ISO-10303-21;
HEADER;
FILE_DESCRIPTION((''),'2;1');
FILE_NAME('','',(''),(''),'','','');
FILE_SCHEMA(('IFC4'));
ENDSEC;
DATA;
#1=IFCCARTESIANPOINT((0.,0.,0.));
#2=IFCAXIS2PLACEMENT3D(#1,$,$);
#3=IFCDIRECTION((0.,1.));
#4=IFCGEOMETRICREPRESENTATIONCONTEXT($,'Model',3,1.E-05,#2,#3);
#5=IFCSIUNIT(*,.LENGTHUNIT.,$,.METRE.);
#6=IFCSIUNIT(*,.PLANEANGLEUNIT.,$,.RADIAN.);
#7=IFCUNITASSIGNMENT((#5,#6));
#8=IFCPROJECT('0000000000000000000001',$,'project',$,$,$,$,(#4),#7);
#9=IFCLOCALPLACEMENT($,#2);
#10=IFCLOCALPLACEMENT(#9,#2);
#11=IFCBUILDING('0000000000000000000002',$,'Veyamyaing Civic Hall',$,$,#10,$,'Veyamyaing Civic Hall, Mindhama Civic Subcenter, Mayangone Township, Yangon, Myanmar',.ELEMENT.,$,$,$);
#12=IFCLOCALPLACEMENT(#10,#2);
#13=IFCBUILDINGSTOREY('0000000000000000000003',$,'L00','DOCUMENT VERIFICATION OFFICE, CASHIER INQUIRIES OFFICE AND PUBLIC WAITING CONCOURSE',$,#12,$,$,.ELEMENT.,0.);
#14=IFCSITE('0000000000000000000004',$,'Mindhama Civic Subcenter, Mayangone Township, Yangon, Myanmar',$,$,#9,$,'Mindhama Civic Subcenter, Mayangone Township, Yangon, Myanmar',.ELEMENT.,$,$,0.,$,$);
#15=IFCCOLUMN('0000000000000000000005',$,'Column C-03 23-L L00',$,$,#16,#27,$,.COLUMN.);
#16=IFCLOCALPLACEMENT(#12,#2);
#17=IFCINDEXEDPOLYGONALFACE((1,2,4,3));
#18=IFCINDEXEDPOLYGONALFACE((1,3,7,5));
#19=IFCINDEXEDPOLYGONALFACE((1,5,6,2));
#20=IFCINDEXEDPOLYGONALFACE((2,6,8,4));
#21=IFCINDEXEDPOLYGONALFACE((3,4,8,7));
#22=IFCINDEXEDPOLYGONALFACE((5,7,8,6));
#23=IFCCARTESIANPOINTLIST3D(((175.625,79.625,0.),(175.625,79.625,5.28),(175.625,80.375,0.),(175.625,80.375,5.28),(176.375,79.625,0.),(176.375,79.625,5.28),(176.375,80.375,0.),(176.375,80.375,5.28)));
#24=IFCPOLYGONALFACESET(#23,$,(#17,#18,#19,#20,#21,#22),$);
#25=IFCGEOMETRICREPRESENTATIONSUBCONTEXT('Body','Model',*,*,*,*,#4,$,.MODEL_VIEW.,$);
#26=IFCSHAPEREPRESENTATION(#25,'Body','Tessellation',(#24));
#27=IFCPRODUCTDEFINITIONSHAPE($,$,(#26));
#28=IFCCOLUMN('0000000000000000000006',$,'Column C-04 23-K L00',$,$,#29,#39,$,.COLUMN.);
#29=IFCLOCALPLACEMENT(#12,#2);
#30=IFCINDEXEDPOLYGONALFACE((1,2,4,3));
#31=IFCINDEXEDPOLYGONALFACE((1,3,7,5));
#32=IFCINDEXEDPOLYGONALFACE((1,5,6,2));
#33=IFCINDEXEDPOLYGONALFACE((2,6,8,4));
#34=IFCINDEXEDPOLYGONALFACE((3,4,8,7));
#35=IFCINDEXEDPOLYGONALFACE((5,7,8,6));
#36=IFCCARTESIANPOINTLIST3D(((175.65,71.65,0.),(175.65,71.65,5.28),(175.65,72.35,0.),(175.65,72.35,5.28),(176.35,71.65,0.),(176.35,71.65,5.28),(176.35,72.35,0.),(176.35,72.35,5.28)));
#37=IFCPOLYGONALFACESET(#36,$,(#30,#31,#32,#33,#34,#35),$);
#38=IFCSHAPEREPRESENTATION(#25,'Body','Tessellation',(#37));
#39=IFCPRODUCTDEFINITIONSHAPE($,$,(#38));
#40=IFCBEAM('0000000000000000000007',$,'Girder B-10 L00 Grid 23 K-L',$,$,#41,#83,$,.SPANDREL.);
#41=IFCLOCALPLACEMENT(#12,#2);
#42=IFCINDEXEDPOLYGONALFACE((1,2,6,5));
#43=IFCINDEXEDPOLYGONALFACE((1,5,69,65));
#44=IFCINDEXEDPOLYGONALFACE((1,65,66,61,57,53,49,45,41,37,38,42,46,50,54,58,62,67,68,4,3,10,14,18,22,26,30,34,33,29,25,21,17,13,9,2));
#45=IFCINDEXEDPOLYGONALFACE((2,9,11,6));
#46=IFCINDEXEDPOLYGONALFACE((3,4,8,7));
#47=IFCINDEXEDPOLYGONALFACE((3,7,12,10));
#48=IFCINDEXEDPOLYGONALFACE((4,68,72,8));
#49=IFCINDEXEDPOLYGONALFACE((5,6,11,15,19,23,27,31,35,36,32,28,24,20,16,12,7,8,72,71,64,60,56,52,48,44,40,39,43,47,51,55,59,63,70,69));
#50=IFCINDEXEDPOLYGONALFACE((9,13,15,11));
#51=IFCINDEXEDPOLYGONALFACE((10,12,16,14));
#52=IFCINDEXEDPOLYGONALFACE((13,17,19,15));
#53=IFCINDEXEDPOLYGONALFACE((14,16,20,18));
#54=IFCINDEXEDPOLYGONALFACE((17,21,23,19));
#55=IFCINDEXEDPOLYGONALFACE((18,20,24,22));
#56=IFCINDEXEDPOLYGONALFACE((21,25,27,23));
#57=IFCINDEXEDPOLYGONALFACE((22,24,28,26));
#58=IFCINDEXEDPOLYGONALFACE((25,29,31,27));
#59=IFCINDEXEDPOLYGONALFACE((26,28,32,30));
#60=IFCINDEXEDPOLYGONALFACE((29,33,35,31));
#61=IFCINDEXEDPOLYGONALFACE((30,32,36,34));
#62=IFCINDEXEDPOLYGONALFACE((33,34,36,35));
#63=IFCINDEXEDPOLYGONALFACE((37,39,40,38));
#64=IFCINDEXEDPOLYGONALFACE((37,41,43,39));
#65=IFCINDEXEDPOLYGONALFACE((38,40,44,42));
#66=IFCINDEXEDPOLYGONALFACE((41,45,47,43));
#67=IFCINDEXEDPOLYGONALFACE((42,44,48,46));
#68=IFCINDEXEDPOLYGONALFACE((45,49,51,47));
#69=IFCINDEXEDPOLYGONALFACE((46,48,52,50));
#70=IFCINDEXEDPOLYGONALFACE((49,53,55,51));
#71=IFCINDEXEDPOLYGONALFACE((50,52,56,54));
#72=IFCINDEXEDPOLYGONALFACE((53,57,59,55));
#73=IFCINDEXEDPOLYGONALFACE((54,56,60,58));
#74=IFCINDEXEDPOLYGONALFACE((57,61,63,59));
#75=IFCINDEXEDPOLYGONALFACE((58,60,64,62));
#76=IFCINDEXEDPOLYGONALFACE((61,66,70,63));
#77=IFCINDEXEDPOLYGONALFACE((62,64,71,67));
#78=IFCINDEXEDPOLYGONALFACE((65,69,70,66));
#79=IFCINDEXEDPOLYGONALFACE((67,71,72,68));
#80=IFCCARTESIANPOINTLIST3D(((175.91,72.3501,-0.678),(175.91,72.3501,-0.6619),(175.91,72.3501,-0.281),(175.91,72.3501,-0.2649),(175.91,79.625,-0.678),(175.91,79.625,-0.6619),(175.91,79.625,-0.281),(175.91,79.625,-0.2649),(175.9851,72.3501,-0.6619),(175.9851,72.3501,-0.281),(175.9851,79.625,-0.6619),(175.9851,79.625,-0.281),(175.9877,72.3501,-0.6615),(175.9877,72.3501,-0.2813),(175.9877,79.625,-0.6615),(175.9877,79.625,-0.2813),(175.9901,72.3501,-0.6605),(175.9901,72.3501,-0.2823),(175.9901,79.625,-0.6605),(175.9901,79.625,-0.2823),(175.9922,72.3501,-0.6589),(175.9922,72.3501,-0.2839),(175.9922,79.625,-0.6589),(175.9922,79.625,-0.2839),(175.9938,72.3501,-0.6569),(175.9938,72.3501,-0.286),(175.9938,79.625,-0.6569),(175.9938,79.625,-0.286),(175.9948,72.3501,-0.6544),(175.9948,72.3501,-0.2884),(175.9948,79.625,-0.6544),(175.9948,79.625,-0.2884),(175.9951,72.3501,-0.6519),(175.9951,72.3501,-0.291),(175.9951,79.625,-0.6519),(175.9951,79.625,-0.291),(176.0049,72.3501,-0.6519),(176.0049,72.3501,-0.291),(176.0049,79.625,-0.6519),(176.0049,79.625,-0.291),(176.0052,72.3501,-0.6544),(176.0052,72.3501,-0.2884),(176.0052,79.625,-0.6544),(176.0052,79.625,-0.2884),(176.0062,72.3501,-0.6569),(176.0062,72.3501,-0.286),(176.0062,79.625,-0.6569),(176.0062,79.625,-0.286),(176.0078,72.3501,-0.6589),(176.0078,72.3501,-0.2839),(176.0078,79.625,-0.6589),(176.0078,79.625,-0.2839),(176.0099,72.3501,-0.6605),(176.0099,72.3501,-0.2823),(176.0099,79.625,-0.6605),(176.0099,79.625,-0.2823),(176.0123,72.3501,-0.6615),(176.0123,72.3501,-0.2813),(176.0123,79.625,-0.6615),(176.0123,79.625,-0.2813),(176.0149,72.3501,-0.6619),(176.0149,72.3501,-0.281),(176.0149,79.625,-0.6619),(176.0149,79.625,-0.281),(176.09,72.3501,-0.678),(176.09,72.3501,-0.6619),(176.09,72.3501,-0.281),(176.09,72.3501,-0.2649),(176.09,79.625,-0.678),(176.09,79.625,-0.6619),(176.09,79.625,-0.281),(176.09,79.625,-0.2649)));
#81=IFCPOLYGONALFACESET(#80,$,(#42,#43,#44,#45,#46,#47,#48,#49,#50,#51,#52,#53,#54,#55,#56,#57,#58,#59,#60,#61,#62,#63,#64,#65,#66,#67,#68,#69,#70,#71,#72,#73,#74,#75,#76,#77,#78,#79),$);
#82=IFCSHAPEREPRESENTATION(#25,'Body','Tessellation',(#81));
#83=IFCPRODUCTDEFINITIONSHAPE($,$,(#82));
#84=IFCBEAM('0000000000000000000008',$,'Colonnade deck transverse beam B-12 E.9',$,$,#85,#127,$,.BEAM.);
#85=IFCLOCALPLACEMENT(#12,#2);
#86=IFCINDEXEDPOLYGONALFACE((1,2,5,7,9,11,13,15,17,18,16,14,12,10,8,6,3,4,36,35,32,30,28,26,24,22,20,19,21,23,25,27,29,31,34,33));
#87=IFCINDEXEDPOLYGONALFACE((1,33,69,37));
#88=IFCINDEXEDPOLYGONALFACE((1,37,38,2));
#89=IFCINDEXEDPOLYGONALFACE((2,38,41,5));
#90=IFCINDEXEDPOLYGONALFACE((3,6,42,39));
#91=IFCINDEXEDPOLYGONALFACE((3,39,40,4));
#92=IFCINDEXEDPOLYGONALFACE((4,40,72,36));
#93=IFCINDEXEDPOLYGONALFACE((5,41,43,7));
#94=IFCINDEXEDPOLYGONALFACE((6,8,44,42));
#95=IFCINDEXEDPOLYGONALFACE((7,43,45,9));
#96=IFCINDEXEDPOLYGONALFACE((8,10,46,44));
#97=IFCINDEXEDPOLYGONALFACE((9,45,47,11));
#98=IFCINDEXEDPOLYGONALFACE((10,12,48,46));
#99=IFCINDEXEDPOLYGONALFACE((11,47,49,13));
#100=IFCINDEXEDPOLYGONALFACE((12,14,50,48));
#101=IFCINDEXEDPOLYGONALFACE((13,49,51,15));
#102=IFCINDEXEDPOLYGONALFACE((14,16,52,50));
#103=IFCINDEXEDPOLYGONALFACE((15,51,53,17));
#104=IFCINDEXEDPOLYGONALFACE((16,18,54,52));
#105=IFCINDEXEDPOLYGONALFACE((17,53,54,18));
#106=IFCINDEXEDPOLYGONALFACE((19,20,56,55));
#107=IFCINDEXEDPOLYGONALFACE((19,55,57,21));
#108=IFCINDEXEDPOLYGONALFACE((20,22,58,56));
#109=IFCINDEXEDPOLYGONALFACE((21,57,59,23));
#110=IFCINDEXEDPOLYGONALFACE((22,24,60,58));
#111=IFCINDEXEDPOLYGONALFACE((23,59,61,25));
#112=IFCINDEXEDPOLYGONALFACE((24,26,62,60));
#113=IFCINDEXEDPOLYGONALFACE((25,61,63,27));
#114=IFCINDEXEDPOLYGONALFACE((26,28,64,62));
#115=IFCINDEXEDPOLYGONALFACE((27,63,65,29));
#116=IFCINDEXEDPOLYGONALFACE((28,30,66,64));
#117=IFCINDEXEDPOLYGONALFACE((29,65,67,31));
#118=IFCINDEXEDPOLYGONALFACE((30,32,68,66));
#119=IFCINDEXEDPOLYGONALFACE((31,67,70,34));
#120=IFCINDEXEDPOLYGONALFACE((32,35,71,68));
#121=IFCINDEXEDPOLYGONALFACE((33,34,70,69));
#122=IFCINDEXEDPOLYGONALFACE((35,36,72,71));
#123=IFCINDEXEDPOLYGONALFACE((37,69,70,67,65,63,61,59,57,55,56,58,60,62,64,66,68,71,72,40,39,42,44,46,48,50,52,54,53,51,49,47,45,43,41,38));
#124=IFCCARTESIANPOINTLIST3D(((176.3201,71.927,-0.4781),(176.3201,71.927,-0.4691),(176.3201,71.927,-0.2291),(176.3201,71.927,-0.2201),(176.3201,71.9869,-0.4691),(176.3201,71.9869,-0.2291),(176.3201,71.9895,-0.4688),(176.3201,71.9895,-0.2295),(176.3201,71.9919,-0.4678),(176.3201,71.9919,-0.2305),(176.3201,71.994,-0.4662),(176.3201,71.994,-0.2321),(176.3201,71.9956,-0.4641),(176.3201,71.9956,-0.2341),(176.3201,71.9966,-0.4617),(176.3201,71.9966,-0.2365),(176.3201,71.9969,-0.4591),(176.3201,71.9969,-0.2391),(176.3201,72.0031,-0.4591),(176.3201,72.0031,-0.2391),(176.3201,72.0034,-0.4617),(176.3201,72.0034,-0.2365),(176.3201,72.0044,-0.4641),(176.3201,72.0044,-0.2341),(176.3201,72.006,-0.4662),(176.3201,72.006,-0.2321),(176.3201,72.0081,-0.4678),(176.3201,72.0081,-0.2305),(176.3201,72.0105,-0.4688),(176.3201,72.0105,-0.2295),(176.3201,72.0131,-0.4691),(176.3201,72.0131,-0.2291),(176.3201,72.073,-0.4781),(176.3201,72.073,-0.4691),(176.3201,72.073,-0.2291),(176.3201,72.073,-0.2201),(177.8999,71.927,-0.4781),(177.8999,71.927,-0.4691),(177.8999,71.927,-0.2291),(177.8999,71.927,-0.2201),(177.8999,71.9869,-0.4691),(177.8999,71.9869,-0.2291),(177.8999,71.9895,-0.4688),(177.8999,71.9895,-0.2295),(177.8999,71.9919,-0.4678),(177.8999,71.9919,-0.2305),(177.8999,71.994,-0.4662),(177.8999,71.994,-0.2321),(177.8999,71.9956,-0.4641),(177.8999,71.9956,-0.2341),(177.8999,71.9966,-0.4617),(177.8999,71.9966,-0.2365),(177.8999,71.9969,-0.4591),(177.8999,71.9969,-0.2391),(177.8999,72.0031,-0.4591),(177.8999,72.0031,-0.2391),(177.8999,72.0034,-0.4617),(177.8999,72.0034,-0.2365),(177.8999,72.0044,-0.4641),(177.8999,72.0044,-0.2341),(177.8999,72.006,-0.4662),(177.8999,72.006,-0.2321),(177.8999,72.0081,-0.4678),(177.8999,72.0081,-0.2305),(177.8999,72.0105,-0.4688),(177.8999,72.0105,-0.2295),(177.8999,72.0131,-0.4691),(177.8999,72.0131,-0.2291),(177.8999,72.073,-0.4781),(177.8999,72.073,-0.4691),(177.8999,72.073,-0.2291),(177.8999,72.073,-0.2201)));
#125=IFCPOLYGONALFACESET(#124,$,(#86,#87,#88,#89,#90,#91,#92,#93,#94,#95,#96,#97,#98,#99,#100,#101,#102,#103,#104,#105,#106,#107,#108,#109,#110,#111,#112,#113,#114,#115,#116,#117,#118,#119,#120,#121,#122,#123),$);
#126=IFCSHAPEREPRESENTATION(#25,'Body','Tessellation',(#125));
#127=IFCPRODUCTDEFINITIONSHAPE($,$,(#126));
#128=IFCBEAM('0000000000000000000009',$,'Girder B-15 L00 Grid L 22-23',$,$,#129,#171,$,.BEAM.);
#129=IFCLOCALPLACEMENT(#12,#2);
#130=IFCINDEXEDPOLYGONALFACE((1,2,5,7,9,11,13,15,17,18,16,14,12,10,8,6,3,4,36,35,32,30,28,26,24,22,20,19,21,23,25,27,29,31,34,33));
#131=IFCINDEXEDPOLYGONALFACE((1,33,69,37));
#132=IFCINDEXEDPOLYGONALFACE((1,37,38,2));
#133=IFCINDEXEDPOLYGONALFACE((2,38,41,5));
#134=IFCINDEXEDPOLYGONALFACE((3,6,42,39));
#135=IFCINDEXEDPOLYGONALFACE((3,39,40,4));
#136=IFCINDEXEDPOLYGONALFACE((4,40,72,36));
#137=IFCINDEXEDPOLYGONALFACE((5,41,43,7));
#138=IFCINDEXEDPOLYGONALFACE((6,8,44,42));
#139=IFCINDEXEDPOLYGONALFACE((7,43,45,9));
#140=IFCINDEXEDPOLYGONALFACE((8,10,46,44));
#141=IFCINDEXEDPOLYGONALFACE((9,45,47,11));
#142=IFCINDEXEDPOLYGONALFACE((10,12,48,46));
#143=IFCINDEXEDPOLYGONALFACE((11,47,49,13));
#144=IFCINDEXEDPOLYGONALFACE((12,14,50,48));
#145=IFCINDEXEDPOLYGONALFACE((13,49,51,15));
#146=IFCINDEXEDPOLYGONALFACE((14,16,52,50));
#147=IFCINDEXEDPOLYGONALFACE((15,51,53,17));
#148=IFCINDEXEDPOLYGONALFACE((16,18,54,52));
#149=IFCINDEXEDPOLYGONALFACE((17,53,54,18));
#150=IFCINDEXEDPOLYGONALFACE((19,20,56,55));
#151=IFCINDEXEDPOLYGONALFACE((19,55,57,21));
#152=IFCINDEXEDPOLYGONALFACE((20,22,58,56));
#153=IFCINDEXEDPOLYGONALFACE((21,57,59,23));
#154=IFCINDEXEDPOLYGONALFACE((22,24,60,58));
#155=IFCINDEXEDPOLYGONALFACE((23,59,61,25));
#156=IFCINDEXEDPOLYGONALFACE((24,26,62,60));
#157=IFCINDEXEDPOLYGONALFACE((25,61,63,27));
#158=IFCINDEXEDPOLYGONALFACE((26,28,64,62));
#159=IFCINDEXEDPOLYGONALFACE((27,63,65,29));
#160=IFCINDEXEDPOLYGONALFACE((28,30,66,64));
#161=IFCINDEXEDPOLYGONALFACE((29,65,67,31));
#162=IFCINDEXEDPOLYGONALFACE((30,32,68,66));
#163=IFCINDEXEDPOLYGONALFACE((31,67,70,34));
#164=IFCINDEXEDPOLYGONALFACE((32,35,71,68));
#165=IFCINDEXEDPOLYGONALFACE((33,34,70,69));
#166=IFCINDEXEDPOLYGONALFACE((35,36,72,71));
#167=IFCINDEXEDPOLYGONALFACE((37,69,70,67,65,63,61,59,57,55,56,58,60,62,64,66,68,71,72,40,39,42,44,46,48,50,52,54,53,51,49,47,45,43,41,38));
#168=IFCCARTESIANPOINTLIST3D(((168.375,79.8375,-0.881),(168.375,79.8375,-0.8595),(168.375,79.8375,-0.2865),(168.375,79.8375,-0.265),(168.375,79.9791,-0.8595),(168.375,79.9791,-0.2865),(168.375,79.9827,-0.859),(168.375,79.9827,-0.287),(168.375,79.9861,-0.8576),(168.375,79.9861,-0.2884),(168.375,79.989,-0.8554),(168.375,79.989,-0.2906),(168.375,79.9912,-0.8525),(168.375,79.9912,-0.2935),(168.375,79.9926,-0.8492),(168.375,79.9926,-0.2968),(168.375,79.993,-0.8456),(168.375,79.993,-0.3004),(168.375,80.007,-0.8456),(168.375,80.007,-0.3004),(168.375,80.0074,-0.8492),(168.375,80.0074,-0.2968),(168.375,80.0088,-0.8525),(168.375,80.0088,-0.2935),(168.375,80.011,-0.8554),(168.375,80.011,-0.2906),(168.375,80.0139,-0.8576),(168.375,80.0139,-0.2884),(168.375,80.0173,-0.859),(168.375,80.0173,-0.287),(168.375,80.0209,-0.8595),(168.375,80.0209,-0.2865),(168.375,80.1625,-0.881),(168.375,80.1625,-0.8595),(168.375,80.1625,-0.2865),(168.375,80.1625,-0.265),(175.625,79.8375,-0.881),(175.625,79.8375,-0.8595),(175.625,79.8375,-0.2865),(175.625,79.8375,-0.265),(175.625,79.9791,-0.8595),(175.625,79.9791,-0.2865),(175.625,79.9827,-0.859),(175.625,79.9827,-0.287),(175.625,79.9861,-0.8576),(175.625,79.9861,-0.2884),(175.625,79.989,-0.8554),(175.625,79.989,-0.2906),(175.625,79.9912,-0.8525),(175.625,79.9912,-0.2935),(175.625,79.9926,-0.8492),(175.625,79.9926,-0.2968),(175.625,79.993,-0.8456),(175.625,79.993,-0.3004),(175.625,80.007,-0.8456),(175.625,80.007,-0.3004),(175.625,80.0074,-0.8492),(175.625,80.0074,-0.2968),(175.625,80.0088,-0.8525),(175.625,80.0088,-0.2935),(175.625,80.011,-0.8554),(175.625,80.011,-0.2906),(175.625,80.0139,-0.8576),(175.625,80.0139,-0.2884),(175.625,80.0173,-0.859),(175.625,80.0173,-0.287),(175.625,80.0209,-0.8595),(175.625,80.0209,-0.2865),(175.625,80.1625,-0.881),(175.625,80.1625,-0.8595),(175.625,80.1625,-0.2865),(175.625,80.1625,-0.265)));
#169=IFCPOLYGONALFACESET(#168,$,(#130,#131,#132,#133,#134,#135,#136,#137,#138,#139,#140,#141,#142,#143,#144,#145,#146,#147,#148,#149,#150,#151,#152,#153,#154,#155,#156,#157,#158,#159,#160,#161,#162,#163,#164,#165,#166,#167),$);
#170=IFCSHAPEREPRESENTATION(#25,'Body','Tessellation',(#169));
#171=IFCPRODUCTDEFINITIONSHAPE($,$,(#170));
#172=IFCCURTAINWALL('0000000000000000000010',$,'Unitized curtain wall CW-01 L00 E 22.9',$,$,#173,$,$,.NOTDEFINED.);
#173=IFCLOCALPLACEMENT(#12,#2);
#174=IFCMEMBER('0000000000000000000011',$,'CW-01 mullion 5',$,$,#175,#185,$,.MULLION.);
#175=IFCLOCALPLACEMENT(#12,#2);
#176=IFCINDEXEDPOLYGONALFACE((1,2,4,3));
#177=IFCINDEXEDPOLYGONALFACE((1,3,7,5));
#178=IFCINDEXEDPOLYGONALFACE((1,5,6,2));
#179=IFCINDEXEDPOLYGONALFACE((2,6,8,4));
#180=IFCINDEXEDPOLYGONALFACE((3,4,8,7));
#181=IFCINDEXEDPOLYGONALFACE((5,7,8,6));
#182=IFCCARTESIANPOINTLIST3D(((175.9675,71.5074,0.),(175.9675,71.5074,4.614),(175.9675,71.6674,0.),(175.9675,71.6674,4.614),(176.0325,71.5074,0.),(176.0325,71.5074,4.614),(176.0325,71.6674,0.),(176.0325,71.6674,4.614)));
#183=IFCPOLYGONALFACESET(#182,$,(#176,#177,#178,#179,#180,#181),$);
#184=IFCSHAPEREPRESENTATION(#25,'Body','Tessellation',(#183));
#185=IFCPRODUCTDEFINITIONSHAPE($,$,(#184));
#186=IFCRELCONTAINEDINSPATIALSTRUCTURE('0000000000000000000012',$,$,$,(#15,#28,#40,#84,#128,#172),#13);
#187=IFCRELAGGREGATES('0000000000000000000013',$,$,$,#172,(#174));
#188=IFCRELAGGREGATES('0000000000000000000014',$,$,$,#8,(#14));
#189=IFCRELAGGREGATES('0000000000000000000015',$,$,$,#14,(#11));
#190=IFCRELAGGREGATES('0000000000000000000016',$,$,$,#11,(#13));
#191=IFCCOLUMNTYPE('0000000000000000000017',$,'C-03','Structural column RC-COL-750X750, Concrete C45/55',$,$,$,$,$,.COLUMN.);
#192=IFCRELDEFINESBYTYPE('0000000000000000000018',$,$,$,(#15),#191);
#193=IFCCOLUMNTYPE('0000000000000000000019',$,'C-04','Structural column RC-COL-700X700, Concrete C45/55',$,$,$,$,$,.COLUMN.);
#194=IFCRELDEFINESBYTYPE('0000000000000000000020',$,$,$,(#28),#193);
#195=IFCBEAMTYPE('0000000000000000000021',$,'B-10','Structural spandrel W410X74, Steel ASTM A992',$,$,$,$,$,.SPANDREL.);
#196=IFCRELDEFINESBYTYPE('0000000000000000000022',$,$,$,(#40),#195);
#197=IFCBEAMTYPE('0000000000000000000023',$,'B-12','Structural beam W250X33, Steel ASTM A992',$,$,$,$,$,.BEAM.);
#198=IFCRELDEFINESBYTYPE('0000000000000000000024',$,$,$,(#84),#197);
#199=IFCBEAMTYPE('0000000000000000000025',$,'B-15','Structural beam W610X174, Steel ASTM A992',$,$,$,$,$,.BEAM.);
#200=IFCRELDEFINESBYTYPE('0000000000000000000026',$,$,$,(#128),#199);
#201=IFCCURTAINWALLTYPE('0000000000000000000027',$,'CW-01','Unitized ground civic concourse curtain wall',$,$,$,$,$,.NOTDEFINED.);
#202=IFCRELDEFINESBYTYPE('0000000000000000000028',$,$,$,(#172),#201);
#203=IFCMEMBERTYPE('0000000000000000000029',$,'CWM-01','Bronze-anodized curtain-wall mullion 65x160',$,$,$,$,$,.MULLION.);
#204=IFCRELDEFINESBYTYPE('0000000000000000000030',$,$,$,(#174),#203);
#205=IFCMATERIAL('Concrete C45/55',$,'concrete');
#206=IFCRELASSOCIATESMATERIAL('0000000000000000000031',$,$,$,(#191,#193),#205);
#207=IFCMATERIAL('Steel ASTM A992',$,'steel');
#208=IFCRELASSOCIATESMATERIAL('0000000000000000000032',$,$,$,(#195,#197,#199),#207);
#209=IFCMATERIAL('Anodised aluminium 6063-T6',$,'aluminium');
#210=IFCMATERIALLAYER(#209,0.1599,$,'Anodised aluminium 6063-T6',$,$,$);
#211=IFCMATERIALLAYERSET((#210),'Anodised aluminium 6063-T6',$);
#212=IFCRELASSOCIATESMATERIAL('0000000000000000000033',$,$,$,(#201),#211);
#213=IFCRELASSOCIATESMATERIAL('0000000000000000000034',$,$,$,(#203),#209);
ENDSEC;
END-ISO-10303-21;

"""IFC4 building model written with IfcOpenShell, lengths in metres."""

from ifc_helpers import new_model, si_unit, direction, frame, origin, origin_2d, place, context, subcontext, project, spatial, rectangle, i_section, extrude, material, layer, layer_set, material_profile, profile_set, type_object, element, aggregate, save


model = new_model("IFC4")

# Units and contexts
model_context = context("Model", 3, precision=1e-05, world=origin(), true_north=direction((0.0, 1.0)))
body_context = subcontext(model_context, "Body", "Model", "MODEL_VIEW")
ifc_project = project(units=[si_unit("LENGTHUNIT", "METRE"), si_unit("PLANEANGLEUNIT", "RADIAN")], contexts=[model_context])

# Site, building, storey
site_placement = place(None, origin())
site = spatial("IfcSite", under=ifc_project, at=site_placement, Name="Mindhama Civic Subcenter, Mayangone Township, Yangon, Myanmar", LongName="Mindhama Civic Subcenter, Mayangone Township, Yangon, Myanmar", CompositionType="ELEMENT", RefElevation=0.0)
building_placement = place(site_placement, origin())
building = spatial("IfcBuilding", under=site, at=building_placement, Name="Veyamyaing Civic Hall", LongName="Veyamyaing Civic Hall, Mindhama Civic Subcenter, Mayangone Township, Yangon, Myanmar", CompositionType="ELEMENT")
storey_placement = place(building_placement, origin())
storey = spatial("IfcBuildingStorey", under=building, at=storey_placement, Name="L00", Description="DOCUMENT VERIFICATION OFFICE, CASHIER INQUIRIES OFFICE AND PUBLIC WAITING CONCOURSE", CompositionType="ELEMENT", Elevation=0.0)

# Columns
ifc_material_1 = material(Name="Concrete C45/55", Category="concrete")
ifc_material_profile_1 = material_profile(ifc_material_1, rectangle(XDim=0.75, YDim=0.75, at=origin_2d()), Name="RC-COL-750X750")
ifc_profile_set_1 = profile_set([ifc_material_profile_1], Name="Concrete C45/55")
column_type_1 = type_object("IfcColumnType", Name="C-03", Description="Structural column RC-COL-750X750, Concrete C45/55", PredefinedType="COLUMN", material=ifc_profile_set_1)
column_1_placement = place(storey_placement, frame((176.0, 80.0, 0.0), z_axis=(0.0, 0.0, 1.0), x_axis=(1.0, 0.0, 0.0)))
element("IfcColumn", 1, at=column_1_placement, inside=storey, type_object=column_type_1, Name="Column C-03 23-L L00", PredefinedType="COLUMN", context=body_context, shape_type="SweptSolid", body=[
    extrude(rectangle(XDim=0.75, YDim=0.75, at=origin_2d()), origin(), (0.0, 0.0, 1.0), 5.28),
])
ifc_material_profile_2 = material_profile(ifc_material_1, rectangle(XDim=0.7, YDim=0.7, at=origin_2d()), Name="RC-COL-700X700")
ifc_profile_set_2 = profile_set([ifc_material_profile_2], Name="Concrete C45/55")
column_type_2 = type_object("IfcColumnType", Name="C-04", Description="Structural column RC-COL-700X700, Concrete C45/55", PredefinedType="COLUMN", material=ifc_profile_set_2)
column_2_placement = place(storey_placement, frame((176.0, 72.0, 0.0), z_axis=(0.0, 0.0, 1.0), x_axis=(1.0, 0.0, 0.0)))
element("IfcColumn", 2, at=column_2_placement, inside=storey, type_object=column_type_2, Name="Column C-04 23-K L00", PredefinedType="COLUMN", context=body_context, shape_type="SweptSolid", body=[
    extrude(rectangle(XDim=0.7, YDim=0.7, at=origin_2d()), origin(), (0.0, 0.0, 1.0), 5.28),
])

# Beams
ifc_material_2 = material(Name="Steel ASTM A992", Category="steel")
ifc_material_profile_3 = material_profile(ifc_material_2, i_section(OverallWidth=0.1799, OverallDepth=0.4131, WebThickness=0.0098, FlangeThickness=0.0161, FilletRadius=0.01, at=origin_2d()), Name="W410X74")
ifc_profile_set_3 = profile_set([ifc_material_profile_3], Name="Steel ASTM A992")
beam_type_1 = type_object("IfcBeamType", Name="B-10", Description="Structural spandrel W410X74, Steel ASTM A992", PredefinedType="SPANDREL", material=ifc_profile_set_3)
beam_1_placement = place(storey_placement, frame((176.0, 72.3501, -0.4714), z_axis=(0.0, 1.0, 0.0), x_axis=(-1.0, 0.0, 0.0)))
element("IfcBeam", 3, at=beam_1_placement, inside=storey, type_object=beam_type_1, Name="Girder B-10 L00 Grid 23 K-L", PredefinedType="SPANDREL", context=body_context, shape_type="SweptSolid", body=[
    extrude(i_section(OverallWidth=0.1799, OverallDepth=0.4131, WebThickness=0.0098, FlangeThickness=0.0161, FilletRadius=0.01, at=origin_2d()), origin(), (0.0, 0.0, 1.0), 7.2749),
])
ifc_material_profile_4 = material_profile(ifc_material_2, i_section(OverallWidth=0.146, OverallDepth=0.2581, WebThickness=0.0061, FlangeThickness=0.009, FilletRadius=0.01, at=origin_2d()), Name="W250X33")
ifc_profile_set_4 = profile_set([ifc_material_profile_4], Name="Steel ASTM A992")
beam_type_2 = type_object("IfcBeamType", Name="B-12", Description="Structural beam W250X33, Steel ASTM A992", PredefinedType="BEAM", material=ifc_profile_set_4)
beam_2_placement = place(storey_placement, frame((176.3201, 72.0, -0.3491), z_axis=(1.0, 0.0, 0.0), x_axis=(0.0, 1.0, 0.0)))
element("IfcBeam", 4, at=beam_2_placement, inside=storey, type_object=beam_type_2, Name="Colonnade deck transverse beam B-12 E.9", PredefinedType="BEAM", context=body_context, shape_type="SweptSolid", body=[
    extrude(i_section(OverallWidth=0.146, OverallDepth=0.2581, WebThickness=0.0061, FlangeThickness=0.009, FilletRadius=0.01, at=origin_2d()), origin(), (0.0, 0.0, 1.0), 1.5798),
])
ifc_material_profile_5 = material_profile(ifc_material_2, i_section(OverallWidth=0.325, OverallDepth=0.616, WebThickness=0.0139, FlangeThickness=0.0215, FilletRadius=0.0139, at=origin_2d()), Name="W610X174")
ifc_profile_set_5 = profile_set([ifc_material_profile_5], Name="Steel ASTM A992")
beam_type_3 = type_object("IfcBeamType", Name="B-15", Description="Structural beam W610X174, Steel ASTM A992", PredefinedType="BEAM", material=ifc_profile_set_5)
beam_3_placement = place(storey_placement, frame((168.375, 80.0, -0.573), z_axis=(1.0, 0.0, 0.0), x_axis=(0.0, 1.0, 0.0)))
element("IfcBeam", 5, at=beam_3_placement, inside=storey, type_object=beam_type_3, Name="Girder B-15 L00 Grid L 22-23", PredefinedType="BEAM", context=body_context, shape_type="SweptSolid", body=[
    extrude(i_section(OverallWidth=0.325, OverallDepth=0.616, WebThickness=0.0139, FlangeThickness=0.0215, FilletRadius=0.0139, at=origin_2d()), origin(), (0.0, 0.0, 1.0), 7.25),
])

# Curtain wall, member
ifc_material_3 = material(Name="Anodised aluminium 6063-T6", Category="aluminium")
ifc_layer_1 = layer(ifc_material_3, 0.1599, Name="Anodised aluminium 6063-T6")
ifc_layer_set_1 = layer_set([ifc_layer_1], Name="Anodised aluminium 6063-T6")
curtain_wall_type = type_object("IfcCurtainWallType", Name="CW-01", Description="Unitized ground civic concourse curtain wall", PredefinedType="NOTDEFINED", material=ifc_layer_set_1)
curtain_wall_placement = place(storey_placement, origin())
curtain_wall = element("IfcCurtainWall", 6, at=curtain_wall_placement, inside=storey, type_object=curtain_wall_type, Name="Unitized curtain wall CW-01 L00 E 22.9", PredefinedType="NOTDEFINED")
ifc_material_profile_6 = material_profile(ifc_material_3, rectangle(XDim=0.0649, YDim=0.1599, at=origin_2d()), Name="ALU-MUL-65X160")
ifc_profile_set_6 = profile_set([ifc_material_profile_6], Name="Anodised aluminium 6063-T6")
member_type_1 = type_object("IfcMemberType", Name="CWM-01", Description="Bronze-anodized curtain-wall mullion 65x160", PredefinedType="MULLION", material=ifc_profile_set_6)
member_1_placement = place(storey_placement, frame((176.0, 71.5874, 0.0), z_axis=(0.0, 0.0, 1.0), x_axis=(-1.0, 0.0, 0.0)))
member_1 = element("IfcMember", 7, at=member_1_placement, type_object=member_type_1, Name="CW-01 mullion 5", PredefinedType="MULLION", context=body_context, shape_type="SweptSolid", body=[
    extrude(rectangle(XDim=0.0649, YDim=0.1599, at=origin_2d()), origin(), (0.0, 0.0, 1.0), 4.614),
])
aggregate(curtain_wall, [member_1])

save(model, "model.ifc")
